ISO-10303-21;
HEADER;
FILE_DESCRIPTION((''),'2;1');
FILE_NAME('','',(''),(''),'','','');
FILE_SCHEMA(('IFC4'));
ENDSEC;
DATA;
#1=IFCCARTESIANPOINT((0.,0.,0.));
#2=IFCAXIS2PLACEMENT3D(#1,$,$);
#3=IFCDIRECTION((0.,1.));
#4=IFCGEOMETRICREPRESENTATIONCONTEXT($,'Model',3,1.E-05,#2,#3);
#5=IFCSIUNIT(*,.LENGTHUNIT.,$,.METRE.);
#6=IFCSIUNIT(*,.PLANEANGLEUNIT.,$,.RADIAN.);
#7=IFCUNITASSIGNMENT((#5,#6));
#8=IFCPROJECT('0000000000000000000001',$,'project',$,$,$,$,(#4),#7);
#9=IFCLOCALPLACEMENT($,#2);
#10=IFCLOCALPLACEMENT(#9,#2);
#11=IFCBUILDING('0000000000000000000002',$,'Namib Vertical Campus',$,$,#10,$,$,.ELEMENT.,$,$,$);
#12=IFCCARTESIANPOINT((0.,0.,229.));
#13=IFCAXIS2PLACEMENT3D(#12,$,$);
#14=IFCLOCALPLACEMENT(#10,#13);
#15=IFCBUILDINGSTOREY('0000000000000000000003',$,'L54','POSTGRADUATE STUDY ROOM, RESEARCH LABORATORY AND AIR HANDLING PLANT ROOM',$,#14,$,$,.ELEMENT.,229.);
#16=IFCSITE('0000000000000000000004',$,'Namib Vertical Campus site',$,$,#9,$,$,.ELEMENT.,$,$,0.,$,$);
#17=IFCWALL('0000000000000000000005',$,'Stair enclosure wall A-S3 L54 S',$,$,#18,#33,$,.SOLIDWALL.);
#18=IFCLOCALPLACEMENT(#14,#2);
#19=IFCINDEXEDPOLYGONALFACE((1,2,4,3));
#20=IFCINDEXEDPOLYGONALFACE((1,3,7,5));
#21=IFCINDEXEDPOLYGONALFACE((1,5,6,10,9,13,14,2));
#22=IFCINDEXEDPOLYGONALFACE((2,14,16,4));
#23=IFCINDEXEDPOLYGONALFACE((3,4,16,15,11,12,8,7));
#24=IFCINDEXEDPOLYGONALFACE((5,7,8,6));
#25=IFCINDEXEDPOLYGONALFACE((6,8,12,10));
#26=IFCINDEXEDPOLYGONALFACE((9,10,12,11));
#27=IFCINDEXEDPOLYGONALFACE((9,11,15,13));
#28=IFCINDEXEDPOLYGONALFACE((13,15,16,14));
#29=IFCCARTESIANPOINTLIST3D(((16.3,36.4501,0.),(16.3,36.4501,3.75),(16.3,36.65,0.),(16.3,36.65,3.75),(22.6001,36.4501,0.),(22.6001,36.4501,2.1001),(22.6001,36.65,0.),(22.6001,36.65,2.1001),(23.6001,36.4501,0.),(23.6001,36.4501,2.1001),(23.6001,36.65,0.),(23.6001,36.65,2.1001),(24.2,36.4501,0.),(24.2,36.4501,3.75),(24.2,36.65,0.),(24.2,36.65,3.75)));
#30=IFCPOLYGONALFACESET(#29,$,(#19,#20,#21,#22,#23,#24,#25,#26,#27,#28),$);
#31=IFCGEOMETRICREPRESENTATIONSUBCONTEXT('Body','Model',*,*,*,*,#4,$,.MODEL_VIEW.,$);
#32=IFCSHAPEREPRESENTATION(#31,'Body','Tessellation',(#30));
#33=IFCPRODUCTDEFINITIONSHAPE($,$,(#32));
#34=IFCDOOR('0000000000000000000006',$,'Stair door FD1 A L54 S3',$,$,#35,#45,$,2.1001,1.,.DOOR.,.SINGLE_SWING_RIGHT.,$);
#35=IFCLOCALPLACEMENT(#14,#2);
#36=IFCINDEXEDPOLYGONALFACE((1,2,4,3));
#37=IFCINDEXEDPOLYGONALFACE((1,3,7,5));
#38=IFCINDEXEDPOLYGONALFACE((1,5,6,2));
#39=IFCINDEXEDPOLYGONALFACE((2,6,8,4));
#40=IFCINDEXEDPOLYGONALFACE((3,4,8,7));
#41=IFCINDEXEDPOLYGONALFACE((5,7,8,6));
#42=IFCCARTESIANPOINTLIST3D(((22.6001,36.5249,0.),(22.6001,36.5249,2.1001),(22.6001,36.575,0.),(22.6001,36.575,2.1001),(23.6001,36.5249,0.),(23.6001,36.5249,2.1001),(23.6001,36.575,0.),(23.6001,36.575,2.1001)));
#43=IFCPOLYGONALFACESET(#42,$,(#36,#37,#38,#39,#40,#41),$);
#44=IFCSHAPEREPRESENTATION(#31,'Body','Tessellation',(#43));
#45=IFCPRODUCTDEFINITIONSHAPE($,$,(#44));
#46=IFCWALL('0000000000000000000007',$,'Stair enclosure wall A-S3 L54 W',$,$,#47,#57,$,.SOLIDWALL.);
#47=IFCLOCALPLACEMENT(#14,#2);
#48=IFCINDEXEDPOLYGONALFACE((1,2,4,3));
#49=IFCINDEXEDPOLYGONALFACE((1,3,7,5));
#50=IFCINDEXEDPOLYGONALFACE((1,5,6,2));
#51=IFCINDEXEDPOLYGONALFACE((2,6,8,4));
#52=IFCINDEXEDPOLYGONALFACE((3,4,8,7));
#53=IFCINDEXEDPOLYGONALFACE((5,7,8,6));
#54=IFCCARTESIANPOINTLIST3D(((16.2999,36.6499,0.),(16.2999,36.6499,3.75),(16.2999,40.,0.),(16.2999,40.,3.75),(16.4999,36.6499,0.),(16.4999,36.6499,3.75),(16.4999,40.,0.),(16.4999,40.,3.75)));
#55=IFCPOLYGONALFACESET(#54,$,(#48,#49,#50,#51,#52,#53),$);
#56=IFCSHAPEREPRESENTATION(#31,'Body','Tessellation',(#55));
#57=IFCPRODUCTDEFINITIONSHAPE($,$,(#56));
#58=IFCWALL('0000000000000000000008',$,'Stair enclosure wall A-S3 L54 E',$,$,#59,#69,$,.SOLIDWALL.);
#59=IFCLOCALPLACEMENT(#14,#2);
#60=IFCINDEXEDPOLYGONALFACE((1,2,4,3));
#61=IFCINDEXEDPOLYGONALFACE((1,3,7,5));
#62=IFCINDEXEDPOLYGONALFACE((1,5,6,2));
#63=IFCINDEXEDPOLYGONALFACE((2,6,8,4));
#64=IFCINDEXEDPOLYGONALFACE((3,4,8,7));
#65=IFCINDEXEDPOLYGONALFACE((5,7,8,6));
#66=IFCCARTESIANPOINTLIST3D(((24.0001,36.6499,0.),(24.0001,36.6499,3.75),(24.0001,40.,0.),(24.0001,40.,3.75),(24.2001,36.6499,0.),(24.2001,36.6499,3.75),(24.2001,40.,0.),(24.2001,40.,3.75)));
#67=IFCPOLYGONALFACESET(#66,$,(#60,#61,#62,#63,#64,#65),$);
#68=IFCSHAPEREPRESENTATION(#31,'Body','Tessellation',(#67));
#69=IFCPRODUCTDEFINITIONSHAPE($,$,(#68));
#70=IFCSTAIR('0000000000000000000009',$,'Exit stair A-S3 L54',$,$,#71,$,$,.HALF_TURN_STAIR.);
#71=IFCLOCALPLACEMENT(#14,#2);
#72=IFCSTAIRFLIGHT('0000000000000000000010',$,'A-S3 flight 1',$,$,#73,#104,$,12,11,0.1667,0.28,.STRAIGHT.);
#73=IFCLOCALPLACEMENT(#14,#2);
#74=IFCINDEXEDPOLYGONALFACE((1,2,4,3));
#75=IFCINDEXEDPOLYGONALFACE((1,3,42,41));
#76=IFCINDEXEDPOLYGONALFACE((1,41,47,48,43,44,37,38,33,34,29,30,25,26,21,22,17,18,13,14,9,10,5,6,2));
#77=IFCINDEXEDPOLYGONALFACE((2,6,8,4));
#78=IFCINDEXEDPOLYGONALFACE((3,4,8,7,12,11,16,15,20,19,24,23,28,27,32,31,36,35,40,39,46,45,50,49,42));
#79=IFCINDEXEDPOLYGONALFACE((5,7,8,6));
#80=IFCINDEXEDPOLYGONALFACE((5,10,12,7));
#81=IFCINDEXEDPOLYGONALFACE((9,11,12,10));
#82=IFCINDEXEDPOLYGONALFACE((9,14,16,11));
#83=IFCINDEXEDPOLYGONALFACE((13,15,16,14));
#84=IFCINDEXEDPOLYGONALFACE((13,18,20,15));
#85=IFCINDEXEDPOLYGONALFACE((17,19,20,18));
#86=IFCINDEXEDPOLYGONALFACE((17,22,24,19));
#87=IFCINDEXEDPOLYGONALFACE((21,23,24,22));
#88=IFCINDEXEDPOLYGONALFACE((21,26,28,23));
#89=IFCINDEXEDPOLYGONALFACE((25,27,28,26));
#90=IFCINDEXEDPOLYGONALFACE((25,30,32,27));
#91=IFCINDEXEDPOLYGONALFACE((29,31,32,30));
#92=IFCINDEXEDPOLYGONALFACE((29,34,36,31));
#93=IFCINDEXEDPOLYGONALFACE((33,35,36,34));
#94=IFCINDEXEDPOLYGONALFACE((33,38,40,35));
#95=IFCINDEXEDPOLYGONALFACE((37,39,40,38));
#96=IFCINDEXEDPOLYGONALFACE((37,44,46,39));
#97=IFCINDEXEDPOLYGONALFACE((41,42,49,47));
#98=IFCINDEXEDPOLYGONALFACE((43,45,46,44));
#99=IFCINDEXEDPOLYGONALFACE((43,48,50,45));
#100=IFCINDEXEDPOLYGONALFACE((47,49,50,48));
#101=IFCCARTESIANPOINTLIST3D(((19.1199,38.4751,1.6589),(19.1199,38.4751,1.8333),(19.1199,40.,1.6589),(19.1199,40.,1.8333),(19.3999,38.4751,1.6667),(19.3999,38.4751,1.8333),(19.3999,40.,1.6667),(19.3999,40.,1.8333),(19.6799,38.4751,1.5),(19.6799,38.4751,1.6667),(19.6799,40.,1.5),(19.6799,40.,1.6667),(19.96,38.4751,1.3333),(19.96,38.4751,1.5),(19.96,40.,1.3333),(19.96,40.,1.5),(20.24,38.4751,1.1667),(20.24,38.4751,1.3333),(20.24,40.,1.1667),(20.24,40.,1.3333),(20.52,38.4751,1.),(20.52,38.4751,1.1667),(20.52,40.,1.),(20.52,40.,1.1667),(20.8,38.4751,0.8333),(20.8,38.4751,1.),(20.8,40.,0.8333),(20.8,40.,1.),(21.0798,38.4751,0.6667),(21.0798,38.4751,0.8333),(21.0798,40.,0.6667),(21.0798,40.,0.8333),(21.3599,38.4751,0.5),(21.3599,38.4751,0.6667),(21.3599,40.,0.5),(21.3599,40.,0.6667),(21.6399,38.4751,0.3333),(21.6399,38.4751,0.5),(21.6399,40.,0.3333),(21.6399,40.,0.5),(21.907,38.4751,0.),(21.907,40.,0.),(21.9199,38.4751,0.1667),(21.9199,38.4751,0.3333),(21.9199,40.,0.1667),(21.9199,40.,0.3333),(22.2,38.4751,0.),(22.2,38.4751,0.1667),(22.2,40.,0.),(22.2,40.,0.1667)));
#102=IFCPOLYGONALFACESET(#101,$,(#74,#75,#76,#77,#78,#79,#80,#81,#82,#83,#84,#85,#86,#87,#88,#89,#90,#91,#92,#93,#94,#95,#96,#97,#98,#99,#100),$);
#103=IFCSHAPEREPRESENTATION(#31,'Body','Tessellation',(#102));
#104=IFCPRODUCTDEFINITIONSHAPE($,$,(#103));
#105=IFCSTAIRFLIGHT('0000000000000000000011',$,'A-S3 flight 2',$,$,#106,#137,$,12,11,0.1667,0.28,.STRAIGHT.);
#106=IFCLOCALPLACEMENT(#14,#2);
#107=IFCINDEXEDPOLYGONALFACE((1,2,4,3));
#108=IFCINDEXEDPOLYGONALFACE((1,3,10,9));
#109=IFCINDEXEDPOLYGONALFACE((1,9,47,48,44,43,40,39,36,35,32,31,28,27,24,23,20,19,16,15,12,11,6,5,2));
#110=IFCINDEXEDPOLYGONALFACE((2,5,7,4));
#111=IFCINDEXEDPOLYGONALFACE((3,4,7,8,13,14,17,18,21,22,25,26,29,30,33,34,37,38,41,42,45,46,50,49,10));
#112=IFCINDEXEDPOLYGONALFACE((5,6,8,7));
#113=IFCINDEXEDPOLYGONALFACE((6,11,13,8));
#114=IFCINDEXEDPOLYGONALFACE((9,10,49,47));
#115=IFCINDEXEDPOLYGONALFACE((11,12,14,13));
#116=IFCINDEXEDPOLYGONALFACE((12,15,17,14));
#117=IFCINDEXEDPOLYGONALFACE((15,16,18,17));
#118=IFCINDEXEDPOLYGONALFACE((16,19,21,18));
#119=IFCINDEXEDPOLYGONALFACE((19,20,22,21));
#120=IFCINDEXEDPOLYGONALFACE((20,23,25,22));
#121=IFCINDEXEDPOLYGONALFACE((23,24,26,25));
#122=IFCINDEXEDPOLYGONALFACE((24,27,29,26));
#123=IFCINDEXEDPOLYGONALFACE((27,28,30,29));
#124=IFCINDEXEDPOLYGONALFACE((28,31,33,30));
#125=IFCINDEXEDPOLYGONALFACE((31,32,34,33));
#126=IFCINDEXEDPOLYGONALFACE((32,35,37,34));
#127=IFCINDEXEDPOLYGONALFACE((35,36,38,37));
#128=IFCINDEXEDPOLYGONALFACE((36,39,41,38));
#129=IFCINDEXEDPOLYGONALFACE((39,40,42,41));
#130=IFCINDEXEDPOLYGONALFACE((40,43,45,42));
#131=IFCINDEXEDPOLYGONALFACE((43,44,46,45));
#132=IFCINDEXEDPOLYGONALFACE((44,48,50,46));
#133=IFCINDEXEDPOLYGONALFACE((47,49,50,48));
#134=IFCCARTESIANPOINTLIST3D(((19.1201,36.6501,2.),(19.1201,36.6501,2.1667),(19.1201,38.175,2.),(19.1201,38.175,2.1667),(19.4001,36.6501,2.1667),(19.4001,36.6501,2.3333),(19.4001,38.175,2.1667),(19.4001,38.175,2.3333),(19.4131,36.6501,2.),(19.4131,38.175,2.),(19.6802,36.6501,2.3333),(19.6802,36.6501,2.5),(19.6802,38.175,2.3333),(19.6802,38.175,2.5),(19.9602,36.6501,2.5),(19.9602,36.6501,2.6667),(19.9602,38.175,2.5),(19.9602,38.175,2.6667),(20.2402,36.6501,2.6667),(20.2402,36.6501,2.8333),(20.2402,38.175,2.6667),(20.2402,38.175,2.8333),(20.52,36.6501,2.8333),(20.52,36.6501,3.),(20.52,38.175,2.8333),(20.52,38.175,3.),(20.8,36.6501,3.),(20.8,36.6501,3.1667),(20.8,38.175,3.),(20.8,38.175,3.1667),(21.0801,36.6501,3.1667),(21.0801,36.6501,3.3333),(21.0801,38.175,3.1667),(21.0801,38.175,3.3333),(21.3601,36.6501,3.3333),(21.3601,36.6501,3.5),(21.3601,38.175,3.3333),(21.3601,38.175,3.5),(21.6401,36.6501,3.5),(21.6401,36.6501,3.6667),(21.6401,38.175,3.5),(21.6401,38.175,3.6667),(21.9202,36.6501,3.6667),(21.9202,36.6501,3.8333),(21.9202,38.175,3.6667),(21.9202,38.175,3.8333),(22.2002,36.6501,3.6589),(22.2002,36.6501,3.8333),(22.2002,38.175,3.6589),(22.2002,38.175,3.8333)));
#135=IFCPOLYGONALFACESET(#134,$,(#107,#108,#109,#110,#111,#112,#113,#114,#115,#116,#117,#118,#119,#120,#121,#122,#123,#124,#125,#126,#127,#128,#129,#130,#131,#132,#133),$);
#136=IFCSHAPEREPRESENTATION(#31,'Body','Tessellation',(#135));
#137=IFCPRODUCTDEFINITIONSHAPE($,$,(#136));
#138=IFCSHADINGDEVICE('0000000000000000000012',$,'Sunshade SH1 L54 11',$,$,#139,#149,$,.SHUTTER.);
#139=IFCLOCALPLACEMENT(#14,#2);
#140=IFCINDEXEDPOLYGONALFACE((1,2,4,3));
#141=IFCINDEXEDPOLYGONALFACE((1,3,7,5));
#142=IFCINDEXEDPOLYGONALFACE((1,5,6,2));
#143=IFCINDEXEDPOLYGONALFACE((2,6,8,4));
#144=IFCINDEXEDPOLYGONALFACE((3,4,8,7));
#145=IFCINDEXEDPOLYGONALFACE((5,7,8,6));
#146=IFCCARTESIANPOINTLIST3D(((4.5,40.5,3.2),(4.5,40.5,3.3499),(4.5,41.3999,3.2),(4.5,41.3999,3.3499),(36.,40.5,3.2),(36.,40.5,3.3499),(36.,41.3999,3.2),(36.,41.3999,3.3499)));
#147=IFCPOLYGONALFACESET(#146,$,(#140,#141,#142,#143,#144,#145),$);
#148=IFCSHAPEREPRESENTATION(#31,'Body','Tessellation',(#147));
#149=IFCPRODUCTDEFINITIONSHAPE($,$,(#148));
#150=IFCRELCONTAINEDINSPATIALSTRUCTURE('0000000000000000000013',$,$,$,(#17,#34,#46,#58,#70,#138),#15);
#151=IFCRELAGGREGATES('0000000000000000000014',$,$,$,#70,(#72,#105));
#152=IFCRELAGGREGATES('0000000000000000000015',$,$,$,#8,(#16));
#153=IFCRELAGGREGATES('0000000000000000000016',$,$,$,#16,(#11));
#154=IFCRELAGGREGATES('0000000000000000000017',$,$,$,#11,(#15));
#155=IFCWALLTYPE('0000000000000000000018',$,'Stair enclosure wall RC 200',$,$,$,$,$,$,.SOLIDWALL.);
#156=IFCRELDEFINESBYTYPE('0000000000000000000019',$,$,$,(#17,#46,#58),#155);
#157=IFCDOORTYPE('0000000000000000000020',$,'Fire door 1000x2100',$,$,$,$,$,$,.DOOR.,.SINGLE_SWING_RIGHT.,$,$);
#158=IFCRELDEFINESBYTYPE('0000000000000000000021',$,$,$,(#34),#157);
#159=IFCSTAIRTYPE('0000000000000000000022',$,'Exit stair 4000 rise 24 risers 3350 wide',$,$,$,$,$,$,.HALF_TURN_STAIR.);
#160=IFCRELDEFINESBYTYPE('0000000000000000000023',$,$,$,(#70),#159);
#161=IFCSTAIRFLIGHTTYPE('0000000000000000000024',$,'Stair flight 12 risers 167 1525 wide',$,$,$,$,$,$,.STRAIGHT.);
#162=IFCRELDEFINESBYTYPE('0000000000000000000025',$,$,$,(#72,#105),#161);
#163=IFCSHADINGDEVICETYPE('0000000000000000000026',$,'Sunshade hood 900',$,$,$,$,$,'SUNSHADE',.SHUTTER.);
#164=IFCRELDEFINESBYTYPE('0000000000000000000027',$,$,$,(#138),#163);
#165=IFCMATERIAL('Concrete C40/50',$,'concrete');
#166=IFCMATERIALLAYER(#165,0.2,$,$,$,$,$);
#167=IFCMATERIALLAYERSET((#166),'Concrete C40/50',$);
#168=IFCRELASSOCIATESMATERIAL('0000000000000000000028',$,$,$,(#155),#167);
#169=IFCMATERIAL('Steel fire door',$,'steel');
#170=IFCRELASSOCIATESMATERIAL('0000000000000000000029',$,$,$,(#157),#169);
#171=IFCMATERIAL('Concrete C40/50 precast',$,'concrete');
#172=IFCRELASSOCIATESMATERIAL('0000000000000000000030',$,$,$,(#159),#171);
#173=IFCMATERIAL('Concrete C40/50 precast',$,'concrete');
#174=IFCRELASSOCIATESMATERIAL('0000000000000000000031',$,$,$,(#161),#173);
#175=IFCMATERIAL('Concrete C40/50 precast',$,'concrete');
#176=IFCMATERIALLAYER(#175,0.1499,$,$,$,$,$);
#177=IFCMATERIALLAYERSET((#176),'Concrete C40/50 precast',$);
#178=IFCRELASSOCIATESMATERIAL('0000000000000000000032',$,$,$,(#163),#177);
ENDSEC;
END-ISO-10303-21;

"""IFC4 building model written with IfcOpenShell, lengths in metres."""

from ifc_helpers import new_model, si_unit, direction, frame, frame_2d, origin, origin_2d, place, context, subcontext, project, spatial, polyline, rectangle, outline, extrude, material, layer, layer_set, type_object, element, fill, aggregate, save


model = new_model("IFC4")

# Units and contexts
model_context = context("Model", 3, precision=1e-05, world=origin(), true_north=direction((0.0, 1.0)))
body_context = subcontext(model_context, "Body", "Model", "MODEL_VIEW")
ifc_project = project(units=[si_unit("LENGTHUNIT", "METRE"), si_unit("PLANEANGLEUNIT", "RADIAN")], contexts=[model_context])

# Site, building, storey
site_placement = place(None, origin())
site = spatial("IfcSite", under=ifc_project, at=site_placement, Name="Namib Vertical Campus site", CompositionType="ELEMENT", RefElevation=0.0)
building_placement = place(site_placement, origin())
building = spatial("IfcBuilding", under=site, at=building_placement, Name="Namib Vertical Campus", CompositionType="ELEMENT")
storey_placement = place(building_placement, frame((0.0, 0.0, 229.0)))
storey = spatial("IfcBuildingStorey", under=building, at=storey_placement, Name="L54", Description="POSTGRADUATE STUDY ROOM, RESEARCH LABORATORY AND AIR HANDLING PLANT ROOM", CompositionType="ELEMENT", Elevation=229.0)

# Wall, opening, door
ifc_material_1 = material(Name="Concrete C40/50", Category="concrete")
ifc_layer_1 = layer(ifc_material_1, 0.2)
ifc_layer_set_1 = layer_set([ifc_layer_1], Name="Concrete C40/50")
wall_type_1 = type_object("IfcWallType", Name="Stair enclosure wall RC 200", PredefinedType="SOLIDWALL", material=ifc_layer_set_1)
wall_1_placement = place(storey_placement, frame((16.3, 36.55, 0.0), z_axis=(0.0, 0.0, 1.0), x_axis=(1.0, 0.0, 0.0)))
wall_1 = element("IfcWall", 1, at=wall_1_placement, inside=storey, type_object=wall_type_1, Name="Stair enclosure wall A-S3 L54 S", PredefinedType="SOLIDWALL", context=body_context, shape_type="SweptSolid", body=[
    extrude(rectangle(XDim=7.8999, YDim=0.2, at=frame_2d((3.95, 0.0))), origin(), (0.0, 0.0, 1.0), 3.75),
])
opening_placement = place(wall_1_placement, frame((6.3, 0.0, 0.0)))
opening = element("IfcOpeningElement", 2, at=opening_placement, cuts=wall_1, PredefinedType="OPENING", context=body_context, shape_type="SweptSolid", body=[
    extrude(rectangle(XDim=1.0, YDim=2.1001, at=frame_2d((0.5, 1.05))), frame((0.0, 0.1099, 0.0), z_axis=(0.0, -1.0, 0.0), x_axis=(1.0, 0.0, 0.0)), (0.0, 0.0, 1.0), 0.22),
])
ifc_material_2 = material(Name="Steel fire door", Category="steel")
door_type = type_object("IfcDoorType", Name="Fire door 1000x2100", OperationType="SINGLE_SWING_RIGHT", PredefinedType="DOOR", material=ifc_material_2)
door_placement = place(opening_placement, origin())
door = element("IfcDoor", 3, at=door_placement, inside=storey, type_object=door_type, Name="Stair door FD1 A L54 S3", OperationType="SINGLE_SWING_RIGHT", OverallHeight=2.1001, OverallWidth=1.0, PredefinedType="DOOR", context=body_context, shape_type="SweptSolid", body=[
    extrude(rectangle(XDim=1.0, YDim=2.1001, at=frame_2d((0.5, 1.05))), frame((0.0, 0.0249, 0.0), z_axis=(0.0, -1.0, 0.0), x_axis=(1.0, 0.0, 0.0)), (0.0, 0.0, 1.0), 0.05),
])
fill(opening, door)

# Walls
for number, where, z_axis, x_axis, name in (
    (4, (16.3999, 36.6499, 0.0), (0.0, 0.0, 1.0), (0.0, 1.0, 0.0), "Stair enclosure wall A-S3 L54 W"),
    (5, (24.1001, 36.6499, 0.0), (0.0, 0.0, 1.0), (0.0, 1.0, 0.0), "Stair enclosure wall A-S3 L54 E"),
):
    element("IfcWall", number, at=place(storey_placement, frame(where, z_axis=z_axis, x_axis=x_axis)), inside=storey, type_object=wall_type_1, Name=name, PredefinedType="SOLIDWALL", context=body_context, shape_type="SweptSolid", body=[
        extrude(rectangle(XDim=3.3501, YDim=0.2, at=frame_2d((1.675, 0.0))), origin(), (0.0, 0.0, 1.0), 3.75),
    ])

# Stair, stair flights
ifc_material_3 = material(Name="Concrete C40/50 precast", Category="concrete")
stair_type = type_object("IfcStairType", Name="Exit stair 4000 rise 24 risers 3350 wide", PredefinedType="HALF_TURN_STAIR", material=ifc_material_3)
stair_placement = place(storey_placement, origin())
stair = element("IfcStair", 6, at=stair_placement, inside=storey, type_object=stair_type, Name="Exit stair A-S3 L54", PredefinedType="HALF_TURN_STAIR")
ifc_material_4 = material(Name="Concrete C40/50 precast", Category="concrete")
stair_flight_type = type_object("IfcStairFlightType", Name="Stair flight 12 risers 167 1525 wide", PredefinedType="STRAIGHT", material=ifc_material_4)
stair_flight_1_placement = place(storey_placement, frame((22.2, 39.2375, 0.0), z_axis=(0.0, 0.0, 1.0), x_axis=(-1.0, 0.0, 0.0)))
stair_flight_1 = element("IfcStairFlight", 7, at=stair_flight_1_placement, type_object=stair_flight_type, Name="A-S3 flight 1", NumberOfRisers=12, NumberOfTreads=11, PredefinedType="STRAIGHT", RiserHeight=0.1667, TreadLength=0.28, context=body_context, shape_type="SweptSolid", body=[
    extrude(outline(polyline([(0.0, 0.0), (0.0, 0.1667), (0.28, 0.1667), (0.28, 0.3333), (0.5601, 0.3333), (0.5601, 0.5), (0.8401, 0.5), (0.8401, 0.6667), (1.1201, 0.6667), (1.1201, 0.8333), (1.3999, 0.8333), (1.3999, 1.0), (1.6799, 1.0), (1.6799, 1.1667), (1.96, 1.1667), (1.96, 1.3333), (2.24, 1.3333), (2.24, 1.5), (2.52, 1.5), (2.52, 1.6667), (2.8, 1.6667), (2.8, 1.8333), (3.0801, 1.8333), (3.0801, 2.0), (3.0801, 1.6589), (0.293, 0.0), (0.0, 0.0)])), frame((0.0, 0.7625, 0.0), z_axis=(0.0, -1.0, 0.0), x_axis=(1.0, 0.0, 0.0)), (0.0, 0.0, 1.0), 1.5249),
])
stair_flight_2_placement = place(storey_placement, frame((19.1201, 37.4126, 2.0), z_axis=(0.0, 0.0, 1.0), x_axis=(1.0, 0.0, 0.0)))
stair_flight_2 = element("IfcStairFlight", 8, at=stair_flight_2_placement, type_object=stair_flight_type, Name="A-S3 flight 2", NumberOfRisers=12, NumberOfTreads=11, PredefinedType="STRAIGHT", RiserHeight=0.1667, TreadLength=0.28, context=body_context, shape_type="SweptSolid", body=[
    extrude(outline(polyline([(0.0, 0.0), (0.0, 0.1667), (0.28, 0.1667), (0.28, 0.3333), (0.5601, 0.3333), (0.5601, 0.5), (0.8401, 0.5), (0.8401, 0.6667), (1.1201, 0.6667), (1.1201, 0.8333), (1.3999, 0.8333), (1.3999, 1.0), (1.6799, 1.0), (1.6799, 1.1667), (1.96, 1.1667), (1.96, 1.3333), (2.24, 1.3333), (2.24, 1.5), (2.52, 1.5), (2.52, 1.6667), (2.8, 1.6667), (2.8, 1.8333), (3.0801, 1.8333), (3.0801, 2.0), (3.0801, 1.6589), (0.293, 0.0), (0.0, 0.0)])), frame((0.0, 0.7625, 0.0), z_axis=(0.0, -1.0, 0.0), x_axis=(1.0, 0.0, 0.0)), (0.0, 0.0, 1.0), 1.5249),
])
aggregate(stair, [stair_flight_1, stair_flight_2])

# Shading device
ifc_material_5 = material(Name="Concrete C40/50 precast", Category="concrete")
ifc_layer_2 = layer(ifc_material_5, 0.1499)
ifc_layer_set_2 = layer_set([ifc_layer_2], Name="Concrete C40/50 precast")
shading_device_type = type_object("IfcShadingDeviceType", Name="Sunshade hood 900", ElementType="SUNSHADE", PredefinedType="SHUTTER", material=ifc_layer_set_2)
shading_device_placement = place(storey_placement, frame((20.25, 40.95, 3.2), z_axis=(0.0, 0.0, 1.0), x_axis=(-1.0, 0.0, 0.0)))
element("IfcShadingDevice", 9, at=shading_device_placement, inside=storey, type_object=shading_device_type, Name="Sunshade SH1 L54 11", PredefinedType="SHUTTER", context=body_context, shape_type="SweptSolid", body=[
    extrude(rectangle(XDim=31.5, YDim=0.8999, at=origin_2d()), origin(), (0.0, 0.0, 1.0), 0.1499),
])

save(model, "model.ifc")
